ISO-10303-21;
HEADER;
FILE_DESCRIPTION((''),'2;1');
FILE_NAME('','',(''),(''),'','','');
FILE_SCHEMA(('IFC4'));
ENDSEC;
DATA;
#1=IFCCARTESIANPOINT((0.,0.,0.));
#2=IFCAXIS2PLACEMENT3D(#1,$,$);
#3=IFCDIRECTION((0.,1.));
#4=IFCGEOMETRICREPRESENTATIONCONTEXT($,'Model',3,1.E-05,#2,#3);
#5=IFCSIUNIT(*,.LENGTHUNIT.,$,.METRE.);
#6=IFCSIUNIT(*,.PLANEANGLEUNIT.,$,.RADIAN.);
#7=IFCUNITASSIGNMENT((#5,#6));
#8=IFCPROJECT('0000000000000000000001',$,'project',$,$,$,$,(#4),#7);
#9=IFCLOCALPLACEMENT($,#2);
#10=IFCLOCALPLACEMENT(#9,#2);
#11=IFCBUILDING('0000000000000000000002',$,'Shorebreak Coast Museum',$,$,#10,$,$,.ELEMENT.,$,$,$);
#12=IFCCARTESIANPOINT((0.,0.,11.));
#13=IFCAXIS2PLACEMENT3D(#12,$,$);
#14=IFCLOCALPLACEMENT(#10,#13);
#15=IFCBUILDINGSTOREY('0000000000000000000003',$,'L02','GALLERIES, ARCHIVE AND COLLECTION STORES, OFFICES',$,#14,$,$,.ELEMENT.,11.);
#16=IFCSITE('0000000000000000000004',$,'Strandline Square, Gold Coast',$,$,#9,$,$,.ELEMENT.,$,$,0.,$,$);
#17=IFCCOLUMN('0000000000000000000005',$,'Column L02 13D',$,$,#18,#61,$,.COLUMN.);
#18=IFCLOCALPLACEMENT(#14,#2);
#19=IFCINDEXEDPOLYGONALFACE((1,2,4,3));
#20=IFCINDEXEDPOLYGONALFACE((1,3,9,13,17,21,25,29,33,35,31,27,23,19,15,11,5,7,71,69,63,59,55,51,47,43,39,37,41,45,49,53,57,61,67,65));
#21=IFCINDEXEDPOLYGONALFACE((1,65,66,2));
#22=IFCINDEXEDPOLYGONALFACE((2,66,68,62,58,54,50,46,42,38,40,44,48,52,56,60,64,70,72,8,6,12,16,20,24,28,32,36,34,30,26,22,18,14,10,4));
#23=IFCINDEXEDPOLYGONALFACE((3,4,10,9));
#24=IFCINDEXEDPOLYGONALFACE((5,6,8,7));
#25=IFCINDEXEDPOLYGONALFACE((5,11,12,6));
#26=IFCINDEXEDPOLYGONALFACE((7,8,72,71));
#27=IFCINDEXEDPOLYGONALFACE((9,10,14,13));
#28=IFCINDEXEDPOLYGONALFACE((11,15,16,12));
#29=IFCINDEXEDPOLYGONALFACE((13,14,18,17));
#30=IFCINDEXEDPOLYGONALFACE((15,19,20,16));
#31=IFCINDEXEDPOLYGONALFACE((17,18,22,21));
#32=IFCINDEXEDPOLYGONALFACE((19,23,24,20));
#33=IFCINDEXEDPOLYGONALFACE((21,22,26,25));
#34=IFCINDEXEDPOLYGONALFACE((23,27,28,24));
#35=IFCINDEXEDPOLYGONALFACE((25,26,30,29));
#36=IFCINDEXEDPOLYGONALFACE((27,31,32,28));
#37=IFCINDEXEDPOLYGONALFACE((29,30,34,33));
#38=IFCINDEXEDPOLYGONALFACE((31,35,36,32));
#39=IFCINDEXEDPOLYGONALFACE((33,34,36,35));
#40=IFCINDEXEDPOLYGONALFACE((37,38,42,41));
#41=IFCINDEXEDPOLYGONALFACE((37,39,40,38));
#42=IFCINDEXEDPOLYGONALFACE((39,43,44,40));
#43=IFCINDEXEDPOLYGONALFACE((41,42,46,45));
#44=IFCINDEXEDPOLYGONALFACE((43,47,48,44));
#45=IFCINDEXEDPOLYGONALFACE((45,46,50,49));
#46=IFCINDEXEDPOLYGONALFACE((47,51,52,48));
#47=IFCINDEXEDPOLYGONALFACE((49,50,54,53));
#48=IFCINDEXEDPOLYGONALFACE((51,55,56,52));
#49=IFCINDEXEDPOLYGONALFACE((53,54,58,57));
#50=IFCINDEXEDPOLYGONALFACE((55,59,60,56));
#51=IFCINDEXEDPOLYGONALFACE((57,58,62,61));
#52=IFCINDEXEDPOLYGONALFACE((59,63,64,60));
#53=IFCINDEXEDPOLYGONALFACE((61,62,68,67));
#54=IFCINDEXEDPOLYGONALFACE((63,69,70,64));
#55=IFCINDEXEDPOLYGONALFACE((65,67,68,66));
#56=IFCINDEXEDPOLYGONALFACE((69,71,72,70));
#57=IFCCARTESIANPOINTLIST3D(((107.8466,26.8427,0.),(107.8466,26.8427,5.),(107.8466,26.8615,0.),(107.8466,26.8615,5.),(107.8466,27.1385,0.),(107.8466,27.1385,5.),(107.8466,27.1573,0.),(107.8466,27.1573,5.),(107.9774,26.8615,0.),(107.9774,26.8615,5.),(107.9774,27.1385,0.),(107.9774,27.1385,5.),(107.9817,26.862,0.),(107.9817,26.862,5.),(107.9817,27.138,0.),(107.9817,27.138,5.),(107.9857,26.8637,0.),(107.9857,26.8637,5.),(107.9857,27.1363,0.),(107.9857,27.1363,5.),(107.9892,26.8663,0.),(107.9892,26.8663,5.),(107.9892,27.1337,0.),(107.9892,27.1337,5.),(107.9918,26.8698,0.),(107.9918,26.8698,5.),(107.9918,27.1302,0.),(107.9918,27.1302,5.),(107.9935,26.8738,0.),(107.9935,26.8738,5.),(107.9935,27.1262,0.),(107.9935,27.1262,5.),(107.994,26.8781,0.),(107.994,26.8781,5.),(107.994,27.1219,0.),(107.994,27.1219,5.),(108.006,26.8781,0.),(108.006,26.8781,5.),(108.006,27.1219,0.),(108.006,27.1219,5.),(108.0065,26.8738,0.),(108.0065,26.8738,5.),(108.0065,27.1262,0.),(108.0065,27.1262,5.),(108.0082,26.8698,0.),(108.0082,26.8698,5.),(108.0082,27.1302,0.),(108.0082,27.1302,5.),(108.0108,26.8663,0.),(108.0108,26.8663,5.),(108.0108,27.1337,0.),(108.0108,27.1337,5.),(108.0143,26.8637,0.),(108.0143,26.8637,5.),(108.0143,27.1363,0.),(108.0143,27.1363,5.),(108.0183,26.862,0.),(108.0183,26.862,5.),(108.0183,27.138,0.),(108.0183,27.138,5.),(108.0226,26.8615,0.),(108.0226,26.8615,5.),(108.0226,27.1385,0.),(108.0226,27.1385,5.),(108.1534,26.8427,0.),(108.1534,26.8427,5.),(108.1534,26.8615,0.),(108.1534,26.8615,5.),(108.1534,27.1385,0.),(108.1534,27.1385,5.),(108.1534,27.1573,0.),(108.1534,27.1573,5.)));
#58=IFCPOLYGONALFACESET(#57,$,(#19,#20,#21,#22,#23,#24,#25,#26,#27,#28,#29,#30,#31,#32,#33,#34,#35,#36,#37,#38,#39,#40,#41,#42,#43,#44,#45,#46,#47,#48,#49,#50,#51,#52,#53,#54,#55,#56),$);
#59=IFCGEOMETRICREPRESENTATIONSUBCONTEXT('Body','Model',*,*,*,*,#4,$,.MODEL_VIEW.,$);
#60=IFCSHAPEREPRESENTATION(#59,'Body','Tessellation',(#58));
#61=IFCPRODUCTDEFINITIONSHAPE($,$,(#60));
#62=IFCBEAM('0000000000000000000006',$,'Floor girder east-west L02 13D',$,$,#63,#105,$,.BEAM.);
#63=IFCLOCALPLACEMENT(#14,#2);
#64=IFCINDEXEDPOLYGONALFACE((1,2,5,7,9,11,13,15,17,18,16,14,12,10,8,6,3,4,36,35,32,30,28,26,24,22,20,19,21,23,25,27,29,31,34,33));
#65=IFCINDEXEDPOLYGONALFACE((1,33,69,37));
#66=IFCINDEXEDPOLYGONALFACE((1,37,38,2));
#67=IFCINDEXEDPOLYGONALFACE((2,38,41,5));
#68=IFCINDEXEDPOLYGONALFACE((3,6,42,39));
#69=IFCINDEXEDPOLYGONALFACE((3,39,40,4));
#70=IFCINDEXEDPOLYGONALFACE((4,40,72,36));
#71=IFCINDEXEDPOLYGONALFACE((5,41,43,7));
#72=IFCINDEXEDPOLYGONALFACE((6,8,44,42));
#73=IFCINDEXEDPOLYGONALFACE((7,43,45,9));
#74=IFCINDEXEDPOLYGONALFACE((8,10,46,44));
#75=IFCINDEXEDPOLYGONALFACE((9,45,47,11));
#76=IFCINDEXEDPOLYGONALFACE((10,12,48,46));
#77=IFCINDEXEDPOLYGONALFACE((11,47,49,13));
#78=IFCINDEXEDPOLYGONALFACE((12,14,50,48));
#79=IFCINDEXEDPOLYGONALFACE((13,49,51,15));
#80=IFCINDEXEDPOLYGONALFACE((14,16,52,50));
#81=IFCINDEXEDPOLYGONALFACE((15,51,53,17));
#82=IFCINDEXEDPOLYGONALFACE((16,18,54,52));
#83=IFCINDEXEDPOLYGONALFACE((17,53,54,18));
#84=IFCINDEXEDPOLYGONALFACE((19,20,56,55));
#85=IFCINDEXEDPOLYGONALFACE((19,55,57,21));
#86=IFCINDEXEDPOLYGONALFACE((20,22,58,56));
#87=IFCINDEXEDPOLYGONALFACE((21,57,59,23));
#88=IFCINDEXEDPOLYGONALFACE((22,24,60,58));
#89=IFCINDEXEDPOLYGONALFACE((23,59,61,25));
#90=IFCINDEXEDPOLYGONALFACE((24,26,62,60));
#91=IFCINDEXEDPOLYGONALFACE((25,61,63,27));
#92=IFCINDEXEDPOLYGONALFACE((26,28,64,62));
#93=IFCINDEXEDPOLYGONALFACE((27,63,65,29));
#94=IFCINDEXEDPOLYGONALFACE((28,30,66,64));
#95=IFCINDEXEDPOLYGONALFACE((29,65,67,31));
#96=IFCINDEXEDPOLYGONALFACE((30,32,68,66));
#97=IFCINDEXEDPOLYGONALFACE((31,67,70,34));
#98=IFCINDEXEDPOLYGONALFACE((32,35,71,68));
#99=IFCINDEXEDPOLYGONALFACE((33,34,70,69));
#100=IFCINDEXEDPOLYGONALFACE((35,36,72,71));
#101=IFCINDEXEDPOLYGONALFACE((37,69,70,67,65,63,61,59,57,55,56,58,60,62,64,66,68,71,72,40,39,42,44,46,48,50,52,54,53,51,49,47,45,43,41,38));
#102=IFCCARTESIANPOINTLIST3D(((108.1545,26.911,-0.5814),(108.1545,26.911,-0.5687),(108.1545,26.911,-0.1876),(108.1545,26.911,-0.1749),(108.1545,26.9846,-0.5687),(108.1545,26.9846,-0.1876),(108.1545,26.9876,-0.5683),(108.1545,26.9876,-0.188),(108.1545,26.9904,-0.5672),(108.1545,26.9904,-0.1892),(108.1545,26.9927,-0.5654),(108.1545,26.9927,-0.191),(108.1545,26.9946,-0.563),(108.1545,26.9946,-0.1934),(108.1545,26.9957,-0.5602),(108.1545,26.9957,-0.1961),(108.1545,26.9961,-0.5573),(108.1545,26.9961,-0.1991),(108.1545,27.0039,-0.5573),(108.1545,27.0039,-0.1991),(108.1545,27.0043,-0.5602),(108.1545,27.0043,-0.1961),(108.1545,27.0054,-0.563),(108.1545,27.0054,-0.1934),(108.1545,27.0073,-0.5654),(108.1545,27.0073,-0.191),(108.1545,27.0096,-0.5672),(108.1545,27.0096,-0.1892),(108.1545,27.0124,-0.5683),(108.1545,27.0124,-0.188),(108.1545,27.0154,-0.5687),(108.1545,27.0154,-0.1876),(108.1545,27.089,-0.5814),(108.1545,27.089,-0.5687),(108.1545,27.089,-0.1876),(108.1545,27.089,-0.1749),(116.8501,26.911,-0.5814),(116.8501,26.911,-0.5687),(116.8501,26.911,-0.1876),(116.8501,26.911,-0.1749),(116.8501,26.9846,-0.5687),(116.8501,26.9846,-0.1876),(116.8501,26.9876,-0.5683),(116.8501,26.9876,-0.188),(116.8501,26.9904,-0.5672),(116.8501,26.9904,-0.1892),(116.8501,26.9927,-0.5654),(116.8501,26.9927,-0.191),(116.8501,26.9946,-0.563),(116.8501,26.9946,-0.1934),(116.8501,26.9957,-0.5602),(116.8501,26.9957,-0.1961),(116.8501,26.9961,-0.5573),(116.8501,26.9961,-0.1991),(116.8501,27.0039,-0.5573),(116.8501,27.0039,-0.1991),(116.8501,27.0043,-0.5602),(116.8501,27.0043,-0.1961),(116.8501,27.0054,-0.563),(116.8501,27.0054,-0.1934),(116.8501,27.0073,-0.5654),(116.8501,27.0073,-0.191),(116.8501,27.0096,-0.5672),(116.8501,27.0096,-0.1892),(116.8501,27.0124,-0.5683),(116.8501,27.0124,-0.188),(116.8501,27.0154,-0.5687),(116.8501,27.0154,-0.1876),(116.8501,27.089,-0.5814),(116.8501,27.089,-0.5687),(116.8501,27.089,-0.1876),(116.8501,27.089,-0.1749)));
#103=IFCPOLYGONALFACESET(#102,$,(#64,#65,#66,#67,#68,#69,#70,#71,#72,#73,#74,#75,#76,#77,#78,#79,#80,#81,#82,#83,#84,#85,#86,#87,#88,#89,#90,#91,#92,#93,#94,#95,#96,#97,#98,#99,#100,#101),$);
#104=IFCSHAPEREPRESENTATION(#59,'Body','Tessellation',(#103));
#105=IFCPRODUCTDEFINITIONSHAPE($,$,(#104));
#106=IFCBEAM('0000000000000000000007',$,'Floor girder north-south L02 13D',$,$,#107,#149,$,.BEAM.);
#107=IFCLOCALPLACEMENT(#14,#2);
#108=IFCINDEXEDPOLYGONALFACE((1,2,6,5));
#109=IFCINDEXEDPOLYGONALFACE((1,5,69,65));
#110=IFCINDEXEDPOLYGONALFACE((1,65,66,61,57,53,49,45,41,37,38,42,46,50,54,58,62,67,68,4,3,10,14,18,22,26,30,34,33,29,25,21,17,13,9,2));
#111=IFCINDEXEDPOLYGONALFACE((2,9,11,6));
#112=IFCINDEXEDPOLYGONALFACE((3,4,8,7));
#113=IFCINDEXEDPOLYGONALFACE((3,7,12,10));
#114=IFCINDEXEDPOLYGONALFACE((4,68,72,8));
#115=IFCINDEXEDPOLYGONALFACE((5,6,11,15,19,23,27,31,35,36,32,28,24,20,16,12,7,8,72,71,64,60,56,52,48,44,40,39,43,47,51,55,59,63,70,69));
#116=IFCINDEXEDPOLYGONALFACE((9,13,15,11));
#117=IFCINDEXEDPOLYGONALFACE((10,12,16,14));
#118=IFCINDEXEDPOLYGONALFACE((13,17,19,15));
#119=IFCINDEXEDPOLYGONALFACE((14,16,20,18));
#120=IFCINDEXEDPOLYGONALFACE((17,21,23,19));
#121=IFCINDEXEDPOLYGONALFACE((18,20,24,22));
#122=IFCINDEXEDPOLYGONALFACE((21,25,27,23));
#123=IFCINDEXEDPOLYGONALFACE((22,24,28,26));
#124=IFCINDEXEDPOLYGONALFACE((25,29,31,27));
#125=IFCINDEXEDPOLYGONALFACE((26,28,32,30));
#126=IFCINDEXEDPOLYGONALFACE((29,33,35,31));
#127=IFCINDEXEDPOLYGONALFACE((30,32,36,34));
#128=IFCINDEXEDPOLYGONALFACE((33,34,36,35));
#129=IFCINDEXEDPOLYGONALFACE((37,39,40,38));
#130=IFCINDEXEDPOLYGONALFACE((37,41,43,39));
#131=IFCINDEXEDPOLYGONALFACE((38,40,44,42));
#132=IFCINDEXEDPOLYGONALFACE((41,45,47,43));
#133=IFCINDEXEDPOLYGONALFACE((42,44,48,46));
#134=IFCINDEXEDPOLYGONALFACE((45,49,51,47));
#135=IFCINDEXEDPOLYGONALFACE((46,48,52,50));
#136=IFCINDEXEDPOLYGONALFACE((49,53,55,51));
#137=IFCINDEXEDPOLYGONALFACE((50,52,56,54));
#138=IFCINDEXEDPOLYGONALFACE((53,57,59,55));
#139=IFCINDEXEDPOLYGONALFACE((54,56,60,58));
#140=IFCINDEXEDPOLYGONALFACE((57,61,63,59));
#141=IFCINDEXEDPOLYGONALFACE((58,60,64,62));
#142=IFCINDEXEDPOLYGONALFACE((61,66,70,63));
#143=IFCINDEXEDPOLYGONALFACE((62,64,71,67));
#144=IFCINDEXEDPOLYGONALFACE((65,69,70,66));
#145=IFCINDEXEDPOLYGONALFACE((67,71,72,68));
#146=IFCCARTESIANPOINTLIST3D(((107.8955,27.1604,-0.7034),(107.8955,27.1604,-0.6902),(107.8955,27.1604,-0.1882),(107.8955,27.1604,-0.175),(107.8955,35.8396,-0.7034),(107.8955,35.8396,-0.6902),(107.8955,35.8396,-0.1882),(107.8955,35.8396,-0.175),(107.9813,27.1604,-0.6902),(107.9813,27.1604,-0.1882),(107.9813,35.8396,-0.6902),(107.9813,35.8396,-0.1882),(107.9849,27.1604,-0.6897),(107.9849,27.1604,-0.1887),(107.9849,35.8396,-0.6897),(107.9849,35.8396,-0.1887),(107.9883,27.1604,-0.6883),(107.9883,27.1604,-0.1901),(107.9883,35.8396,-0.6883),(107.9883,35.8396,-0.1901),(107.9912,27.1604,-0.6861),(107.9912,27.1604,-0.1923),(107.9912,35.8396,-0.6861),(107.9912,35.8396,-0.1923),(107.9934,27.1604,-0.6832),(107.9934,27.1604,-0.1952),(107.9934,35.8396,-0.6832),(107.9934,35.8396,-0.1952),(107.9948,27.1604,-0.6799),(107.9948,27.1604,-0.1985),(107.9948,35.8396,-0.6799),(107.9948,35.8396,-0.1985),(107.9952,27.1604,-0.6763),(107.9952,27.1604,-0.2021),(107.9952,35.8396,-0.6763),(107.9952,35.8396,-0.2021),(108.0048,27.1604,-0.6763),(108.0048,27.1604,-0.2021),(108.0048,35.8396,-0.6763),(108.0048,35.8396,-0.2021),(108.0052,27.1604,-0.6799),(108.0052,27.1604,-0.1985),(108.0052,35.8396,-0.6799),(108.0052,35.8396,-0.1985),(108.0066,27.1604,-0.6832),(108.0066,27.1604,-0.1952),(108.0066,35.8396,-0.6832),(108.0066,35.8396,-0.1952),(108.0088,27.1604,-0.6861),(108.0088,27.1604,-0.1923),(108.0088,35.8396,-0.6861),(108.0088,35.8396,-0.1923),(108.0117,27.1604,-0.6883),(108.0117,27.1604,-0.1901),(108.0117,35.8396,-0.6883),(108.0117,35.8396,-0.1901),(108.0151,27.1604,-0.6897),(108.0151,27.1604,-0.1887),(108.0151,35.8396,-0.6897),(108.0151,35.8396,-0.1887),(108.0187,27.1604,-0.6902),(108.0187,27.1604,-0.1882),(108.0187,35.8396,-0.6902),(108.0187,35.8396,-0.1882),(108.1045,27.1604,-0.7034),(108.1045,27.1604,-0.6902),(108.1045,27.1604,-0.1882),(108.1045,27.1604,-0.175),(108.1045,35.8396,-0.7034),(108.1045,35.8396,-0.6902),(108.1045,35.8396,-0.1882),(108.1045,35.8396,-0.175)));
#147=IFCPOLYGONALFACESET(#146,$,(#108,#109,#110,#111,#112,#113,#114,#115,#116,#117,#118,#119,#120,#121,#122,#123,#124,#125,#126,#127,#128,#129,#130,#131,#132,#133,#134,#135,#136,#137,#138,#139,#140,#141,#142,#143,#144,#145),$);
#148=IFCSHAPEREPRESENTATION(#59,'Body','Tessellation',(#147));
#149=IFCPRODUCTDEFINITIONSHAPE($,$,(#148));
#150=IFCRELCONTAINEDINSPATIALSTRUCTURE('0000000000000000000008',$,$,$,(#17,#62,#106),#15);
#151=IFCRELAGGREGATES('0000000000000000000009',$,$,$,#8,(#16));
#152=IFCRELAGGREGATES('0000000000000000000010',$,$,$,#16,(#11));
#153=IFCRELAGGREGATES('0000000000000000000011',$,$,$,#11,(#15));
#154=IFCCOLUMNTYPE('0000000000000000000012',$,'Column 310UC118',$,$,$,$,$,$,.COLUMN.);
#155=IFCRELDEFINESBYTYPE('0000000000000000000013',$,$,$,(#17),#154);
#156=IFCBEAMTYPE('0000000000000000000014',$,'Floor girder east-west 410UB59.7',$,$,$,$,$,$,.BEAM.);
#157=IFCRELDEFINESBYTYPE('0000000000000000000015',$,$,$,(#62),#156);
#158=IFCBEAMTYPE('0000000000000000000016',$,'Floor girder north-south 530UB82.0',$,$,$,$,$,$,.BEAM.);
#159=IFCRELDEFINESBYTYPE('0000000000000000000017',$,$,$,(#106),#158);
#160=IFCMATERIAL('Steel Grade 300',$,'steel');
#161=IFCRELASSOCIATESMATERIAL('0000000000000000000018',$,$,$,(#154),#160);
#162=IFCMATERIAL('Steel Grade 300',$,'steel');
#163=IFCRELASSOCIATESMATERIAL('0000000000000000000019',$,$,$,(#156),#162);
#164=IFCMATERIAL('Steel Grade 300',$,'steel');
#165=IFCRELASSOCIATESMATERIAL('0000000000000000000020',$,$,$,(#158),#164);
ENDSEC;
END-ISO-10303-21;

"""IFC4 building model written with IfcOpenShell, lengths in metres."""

from ifc_helpers import new_model, si_unit, direction, frame, origin, origin_2d, place, context, subcontext, project, spatial, i_section, extrude, material, material_profile, profile_set, type_object, element, save


model = new_model("IFC4")

# Units and contexts
model_context = context("Model", 3, precision=1e-05, world=origin(), true_north=direction((0.0, 1.0)))
body_context = subcontext(model_context, "Body", "Model", "MODEL_VIEW")
ifc_project = project(units=[si_unit("LENGTHUNIT", "METRE"), si_unit("PLANEANGLEUNIT", "RADIAN")], contexts=[model_context])

# Site, building, storey
site_placement = place(None, origin())
site = spatial("IfcSite", under=ifc_project, at=site_placement, Name="Strandline Square, Gold Coast", CompositionType="ELEMENT", RefElevation=0.0)
building_placement = place(site_placement, origin())
building = spatial("IfcBuilding", under=site, at=building_placement, Name="Shorebreak Coast Museum", CompositionType="ELEMENT")
storey_placement = place(building_placement, frame((0.0, 0.0, 11.0)))
storey = spatial("IfcBuildingStorey", under=building, at=storey_placement, Name="L02", Description="GALLERIES, ARCHIVE AND COLLECTION STORES, OFFICES", CompositionType="ELEMENT", Elevation=11.0)

# Column
ifc_material_1 = material(Name="Steel Grade 300", Category="steel")
ifc_material_profile_1 = material_profile(ifc_material_1, i_section(OverallWidth=0.3069, OverallDepth=0.3147, WebThickness=0.012, FlangeThickness=0.0188, FilletRadius=0.0166, at=origin_2d()), Name="310UC118")
ifc_profile_set_1 = profile_set([ifc_material_profile_1], Name="Steel Grade 300")
column_type = type_object("IfcColumnType", Name="Column 310UC118", PredefinedType="COLUMN", material=ifc_profile_set_1)
column_placement = place(storey_placement, frame((108.0, 27.0, 0.0), z_axis=(0.0, 0.0, 1.0), x_axis=(1.0, 0.0, 0.0)))
element("IfcColumn", 1, at=column_placement, inside=storey, type_object=column_type, Name="Column L02 13D", PredefinedType="COLUMN", context=body_context, shape_type="SweptSolid", body=[
    extrude(i_section(OverallWidth=0.3069, OverallDepth=0.3147, WebThickness=0.012, FlangeThickness=0.0188, FilletRadius=0.0166, at=origin_2d()), origin(), (0.0, 0.0, 1.0), 5.0),
])

# Beams
ifc_material_2 = material(Name="Steel Grade 300", Category="steel")
ifc_material_profile_2 = material_profile(ifc_material_2, i_section(OverallWidth=0.178, OverallDepth=0.4065, WebThickness=0.0078, FlangeThickness=0.0127, FilletRadius=0.0115, at=origin_2d()), Name="410UB59.7")
ifc_profile_set_2 = profile_set([ifc_material_profile_2], Name="Steel Grade 300")
beam_type_1 = type_object("IfcBeamType", Name="Floor girder east-west 410UB59.7", PredefinedType="BEAM", material=ifc_profile_set_2)
beam_1_placement = place(storey_placement, frame((108.1545, 27.0, -0.3782), z_axis=(1.0, 0.0, 0.0), x_axis=(0.0, 1.0, 0.0)))
element("IfcBeam", 2, at=beam_1_placement, inside=storey, type_object=beam_type_1, Name="Floor girder east-west L02 13D", PredefinedType="BEAM", context=body_context, shape_type="SweptSolid", body=[
    extrude(i_section(OverallWidth=0.178, OverallDepth=0.4065, WebThickness=0.0078, FlangeThickness=0.0127, FilletRadius=0.0115, at=origin_2d()), origin(), (0.0, 0.0, 1.0), 8.6956),
])
ifc_material_3 = material(Name="Steel Grade 300", Category="steel")
ifc_material_profile_3 = material_profile(ifc_material_3, i_section(OverallWidth=0.209, OverallDepth=0.5283, WebThickness=0.0095, FlangeThickness=0.0132, FilletRadius=0.0139, at=origin_2d()), Name="530UB82.0")
ifc_profile_set_3 = profile_set([ifc_material_profile_3], Name="Steel Grade 300")
beam_type_2 = type_object("IfcBeamType", Name="Floor girder north-south 530UB82.0", PredefinedType="BEAM", material=ifc_profile_set_3)
beam_2_placement = place(storey_placement, frame((108.0, 27.1604, -0.4392), z_axis=(0.0, 1.0, 0.0), x_axis=(-1.0, 0.0, 0.0)))
element("IfcBeam", 3, at=beam_2_placement, inside=storey, type_object=beam_type_2, Name="Floor girder north-south L02 13D", PredefinedType="BEAM", context=body_context, shape_type="SweptSolid", body=[
    extrude(i_section(OverallWidth=0.209, OverallDepth=0.5283, WebThickness=0.0095, FlangeThickness=0.0132, FilletRadius=0.0139, at=origin_2d()), origin(), (0.0, 0.0, 1.0), 8.6792),
])

save(model, "model.ifc")
